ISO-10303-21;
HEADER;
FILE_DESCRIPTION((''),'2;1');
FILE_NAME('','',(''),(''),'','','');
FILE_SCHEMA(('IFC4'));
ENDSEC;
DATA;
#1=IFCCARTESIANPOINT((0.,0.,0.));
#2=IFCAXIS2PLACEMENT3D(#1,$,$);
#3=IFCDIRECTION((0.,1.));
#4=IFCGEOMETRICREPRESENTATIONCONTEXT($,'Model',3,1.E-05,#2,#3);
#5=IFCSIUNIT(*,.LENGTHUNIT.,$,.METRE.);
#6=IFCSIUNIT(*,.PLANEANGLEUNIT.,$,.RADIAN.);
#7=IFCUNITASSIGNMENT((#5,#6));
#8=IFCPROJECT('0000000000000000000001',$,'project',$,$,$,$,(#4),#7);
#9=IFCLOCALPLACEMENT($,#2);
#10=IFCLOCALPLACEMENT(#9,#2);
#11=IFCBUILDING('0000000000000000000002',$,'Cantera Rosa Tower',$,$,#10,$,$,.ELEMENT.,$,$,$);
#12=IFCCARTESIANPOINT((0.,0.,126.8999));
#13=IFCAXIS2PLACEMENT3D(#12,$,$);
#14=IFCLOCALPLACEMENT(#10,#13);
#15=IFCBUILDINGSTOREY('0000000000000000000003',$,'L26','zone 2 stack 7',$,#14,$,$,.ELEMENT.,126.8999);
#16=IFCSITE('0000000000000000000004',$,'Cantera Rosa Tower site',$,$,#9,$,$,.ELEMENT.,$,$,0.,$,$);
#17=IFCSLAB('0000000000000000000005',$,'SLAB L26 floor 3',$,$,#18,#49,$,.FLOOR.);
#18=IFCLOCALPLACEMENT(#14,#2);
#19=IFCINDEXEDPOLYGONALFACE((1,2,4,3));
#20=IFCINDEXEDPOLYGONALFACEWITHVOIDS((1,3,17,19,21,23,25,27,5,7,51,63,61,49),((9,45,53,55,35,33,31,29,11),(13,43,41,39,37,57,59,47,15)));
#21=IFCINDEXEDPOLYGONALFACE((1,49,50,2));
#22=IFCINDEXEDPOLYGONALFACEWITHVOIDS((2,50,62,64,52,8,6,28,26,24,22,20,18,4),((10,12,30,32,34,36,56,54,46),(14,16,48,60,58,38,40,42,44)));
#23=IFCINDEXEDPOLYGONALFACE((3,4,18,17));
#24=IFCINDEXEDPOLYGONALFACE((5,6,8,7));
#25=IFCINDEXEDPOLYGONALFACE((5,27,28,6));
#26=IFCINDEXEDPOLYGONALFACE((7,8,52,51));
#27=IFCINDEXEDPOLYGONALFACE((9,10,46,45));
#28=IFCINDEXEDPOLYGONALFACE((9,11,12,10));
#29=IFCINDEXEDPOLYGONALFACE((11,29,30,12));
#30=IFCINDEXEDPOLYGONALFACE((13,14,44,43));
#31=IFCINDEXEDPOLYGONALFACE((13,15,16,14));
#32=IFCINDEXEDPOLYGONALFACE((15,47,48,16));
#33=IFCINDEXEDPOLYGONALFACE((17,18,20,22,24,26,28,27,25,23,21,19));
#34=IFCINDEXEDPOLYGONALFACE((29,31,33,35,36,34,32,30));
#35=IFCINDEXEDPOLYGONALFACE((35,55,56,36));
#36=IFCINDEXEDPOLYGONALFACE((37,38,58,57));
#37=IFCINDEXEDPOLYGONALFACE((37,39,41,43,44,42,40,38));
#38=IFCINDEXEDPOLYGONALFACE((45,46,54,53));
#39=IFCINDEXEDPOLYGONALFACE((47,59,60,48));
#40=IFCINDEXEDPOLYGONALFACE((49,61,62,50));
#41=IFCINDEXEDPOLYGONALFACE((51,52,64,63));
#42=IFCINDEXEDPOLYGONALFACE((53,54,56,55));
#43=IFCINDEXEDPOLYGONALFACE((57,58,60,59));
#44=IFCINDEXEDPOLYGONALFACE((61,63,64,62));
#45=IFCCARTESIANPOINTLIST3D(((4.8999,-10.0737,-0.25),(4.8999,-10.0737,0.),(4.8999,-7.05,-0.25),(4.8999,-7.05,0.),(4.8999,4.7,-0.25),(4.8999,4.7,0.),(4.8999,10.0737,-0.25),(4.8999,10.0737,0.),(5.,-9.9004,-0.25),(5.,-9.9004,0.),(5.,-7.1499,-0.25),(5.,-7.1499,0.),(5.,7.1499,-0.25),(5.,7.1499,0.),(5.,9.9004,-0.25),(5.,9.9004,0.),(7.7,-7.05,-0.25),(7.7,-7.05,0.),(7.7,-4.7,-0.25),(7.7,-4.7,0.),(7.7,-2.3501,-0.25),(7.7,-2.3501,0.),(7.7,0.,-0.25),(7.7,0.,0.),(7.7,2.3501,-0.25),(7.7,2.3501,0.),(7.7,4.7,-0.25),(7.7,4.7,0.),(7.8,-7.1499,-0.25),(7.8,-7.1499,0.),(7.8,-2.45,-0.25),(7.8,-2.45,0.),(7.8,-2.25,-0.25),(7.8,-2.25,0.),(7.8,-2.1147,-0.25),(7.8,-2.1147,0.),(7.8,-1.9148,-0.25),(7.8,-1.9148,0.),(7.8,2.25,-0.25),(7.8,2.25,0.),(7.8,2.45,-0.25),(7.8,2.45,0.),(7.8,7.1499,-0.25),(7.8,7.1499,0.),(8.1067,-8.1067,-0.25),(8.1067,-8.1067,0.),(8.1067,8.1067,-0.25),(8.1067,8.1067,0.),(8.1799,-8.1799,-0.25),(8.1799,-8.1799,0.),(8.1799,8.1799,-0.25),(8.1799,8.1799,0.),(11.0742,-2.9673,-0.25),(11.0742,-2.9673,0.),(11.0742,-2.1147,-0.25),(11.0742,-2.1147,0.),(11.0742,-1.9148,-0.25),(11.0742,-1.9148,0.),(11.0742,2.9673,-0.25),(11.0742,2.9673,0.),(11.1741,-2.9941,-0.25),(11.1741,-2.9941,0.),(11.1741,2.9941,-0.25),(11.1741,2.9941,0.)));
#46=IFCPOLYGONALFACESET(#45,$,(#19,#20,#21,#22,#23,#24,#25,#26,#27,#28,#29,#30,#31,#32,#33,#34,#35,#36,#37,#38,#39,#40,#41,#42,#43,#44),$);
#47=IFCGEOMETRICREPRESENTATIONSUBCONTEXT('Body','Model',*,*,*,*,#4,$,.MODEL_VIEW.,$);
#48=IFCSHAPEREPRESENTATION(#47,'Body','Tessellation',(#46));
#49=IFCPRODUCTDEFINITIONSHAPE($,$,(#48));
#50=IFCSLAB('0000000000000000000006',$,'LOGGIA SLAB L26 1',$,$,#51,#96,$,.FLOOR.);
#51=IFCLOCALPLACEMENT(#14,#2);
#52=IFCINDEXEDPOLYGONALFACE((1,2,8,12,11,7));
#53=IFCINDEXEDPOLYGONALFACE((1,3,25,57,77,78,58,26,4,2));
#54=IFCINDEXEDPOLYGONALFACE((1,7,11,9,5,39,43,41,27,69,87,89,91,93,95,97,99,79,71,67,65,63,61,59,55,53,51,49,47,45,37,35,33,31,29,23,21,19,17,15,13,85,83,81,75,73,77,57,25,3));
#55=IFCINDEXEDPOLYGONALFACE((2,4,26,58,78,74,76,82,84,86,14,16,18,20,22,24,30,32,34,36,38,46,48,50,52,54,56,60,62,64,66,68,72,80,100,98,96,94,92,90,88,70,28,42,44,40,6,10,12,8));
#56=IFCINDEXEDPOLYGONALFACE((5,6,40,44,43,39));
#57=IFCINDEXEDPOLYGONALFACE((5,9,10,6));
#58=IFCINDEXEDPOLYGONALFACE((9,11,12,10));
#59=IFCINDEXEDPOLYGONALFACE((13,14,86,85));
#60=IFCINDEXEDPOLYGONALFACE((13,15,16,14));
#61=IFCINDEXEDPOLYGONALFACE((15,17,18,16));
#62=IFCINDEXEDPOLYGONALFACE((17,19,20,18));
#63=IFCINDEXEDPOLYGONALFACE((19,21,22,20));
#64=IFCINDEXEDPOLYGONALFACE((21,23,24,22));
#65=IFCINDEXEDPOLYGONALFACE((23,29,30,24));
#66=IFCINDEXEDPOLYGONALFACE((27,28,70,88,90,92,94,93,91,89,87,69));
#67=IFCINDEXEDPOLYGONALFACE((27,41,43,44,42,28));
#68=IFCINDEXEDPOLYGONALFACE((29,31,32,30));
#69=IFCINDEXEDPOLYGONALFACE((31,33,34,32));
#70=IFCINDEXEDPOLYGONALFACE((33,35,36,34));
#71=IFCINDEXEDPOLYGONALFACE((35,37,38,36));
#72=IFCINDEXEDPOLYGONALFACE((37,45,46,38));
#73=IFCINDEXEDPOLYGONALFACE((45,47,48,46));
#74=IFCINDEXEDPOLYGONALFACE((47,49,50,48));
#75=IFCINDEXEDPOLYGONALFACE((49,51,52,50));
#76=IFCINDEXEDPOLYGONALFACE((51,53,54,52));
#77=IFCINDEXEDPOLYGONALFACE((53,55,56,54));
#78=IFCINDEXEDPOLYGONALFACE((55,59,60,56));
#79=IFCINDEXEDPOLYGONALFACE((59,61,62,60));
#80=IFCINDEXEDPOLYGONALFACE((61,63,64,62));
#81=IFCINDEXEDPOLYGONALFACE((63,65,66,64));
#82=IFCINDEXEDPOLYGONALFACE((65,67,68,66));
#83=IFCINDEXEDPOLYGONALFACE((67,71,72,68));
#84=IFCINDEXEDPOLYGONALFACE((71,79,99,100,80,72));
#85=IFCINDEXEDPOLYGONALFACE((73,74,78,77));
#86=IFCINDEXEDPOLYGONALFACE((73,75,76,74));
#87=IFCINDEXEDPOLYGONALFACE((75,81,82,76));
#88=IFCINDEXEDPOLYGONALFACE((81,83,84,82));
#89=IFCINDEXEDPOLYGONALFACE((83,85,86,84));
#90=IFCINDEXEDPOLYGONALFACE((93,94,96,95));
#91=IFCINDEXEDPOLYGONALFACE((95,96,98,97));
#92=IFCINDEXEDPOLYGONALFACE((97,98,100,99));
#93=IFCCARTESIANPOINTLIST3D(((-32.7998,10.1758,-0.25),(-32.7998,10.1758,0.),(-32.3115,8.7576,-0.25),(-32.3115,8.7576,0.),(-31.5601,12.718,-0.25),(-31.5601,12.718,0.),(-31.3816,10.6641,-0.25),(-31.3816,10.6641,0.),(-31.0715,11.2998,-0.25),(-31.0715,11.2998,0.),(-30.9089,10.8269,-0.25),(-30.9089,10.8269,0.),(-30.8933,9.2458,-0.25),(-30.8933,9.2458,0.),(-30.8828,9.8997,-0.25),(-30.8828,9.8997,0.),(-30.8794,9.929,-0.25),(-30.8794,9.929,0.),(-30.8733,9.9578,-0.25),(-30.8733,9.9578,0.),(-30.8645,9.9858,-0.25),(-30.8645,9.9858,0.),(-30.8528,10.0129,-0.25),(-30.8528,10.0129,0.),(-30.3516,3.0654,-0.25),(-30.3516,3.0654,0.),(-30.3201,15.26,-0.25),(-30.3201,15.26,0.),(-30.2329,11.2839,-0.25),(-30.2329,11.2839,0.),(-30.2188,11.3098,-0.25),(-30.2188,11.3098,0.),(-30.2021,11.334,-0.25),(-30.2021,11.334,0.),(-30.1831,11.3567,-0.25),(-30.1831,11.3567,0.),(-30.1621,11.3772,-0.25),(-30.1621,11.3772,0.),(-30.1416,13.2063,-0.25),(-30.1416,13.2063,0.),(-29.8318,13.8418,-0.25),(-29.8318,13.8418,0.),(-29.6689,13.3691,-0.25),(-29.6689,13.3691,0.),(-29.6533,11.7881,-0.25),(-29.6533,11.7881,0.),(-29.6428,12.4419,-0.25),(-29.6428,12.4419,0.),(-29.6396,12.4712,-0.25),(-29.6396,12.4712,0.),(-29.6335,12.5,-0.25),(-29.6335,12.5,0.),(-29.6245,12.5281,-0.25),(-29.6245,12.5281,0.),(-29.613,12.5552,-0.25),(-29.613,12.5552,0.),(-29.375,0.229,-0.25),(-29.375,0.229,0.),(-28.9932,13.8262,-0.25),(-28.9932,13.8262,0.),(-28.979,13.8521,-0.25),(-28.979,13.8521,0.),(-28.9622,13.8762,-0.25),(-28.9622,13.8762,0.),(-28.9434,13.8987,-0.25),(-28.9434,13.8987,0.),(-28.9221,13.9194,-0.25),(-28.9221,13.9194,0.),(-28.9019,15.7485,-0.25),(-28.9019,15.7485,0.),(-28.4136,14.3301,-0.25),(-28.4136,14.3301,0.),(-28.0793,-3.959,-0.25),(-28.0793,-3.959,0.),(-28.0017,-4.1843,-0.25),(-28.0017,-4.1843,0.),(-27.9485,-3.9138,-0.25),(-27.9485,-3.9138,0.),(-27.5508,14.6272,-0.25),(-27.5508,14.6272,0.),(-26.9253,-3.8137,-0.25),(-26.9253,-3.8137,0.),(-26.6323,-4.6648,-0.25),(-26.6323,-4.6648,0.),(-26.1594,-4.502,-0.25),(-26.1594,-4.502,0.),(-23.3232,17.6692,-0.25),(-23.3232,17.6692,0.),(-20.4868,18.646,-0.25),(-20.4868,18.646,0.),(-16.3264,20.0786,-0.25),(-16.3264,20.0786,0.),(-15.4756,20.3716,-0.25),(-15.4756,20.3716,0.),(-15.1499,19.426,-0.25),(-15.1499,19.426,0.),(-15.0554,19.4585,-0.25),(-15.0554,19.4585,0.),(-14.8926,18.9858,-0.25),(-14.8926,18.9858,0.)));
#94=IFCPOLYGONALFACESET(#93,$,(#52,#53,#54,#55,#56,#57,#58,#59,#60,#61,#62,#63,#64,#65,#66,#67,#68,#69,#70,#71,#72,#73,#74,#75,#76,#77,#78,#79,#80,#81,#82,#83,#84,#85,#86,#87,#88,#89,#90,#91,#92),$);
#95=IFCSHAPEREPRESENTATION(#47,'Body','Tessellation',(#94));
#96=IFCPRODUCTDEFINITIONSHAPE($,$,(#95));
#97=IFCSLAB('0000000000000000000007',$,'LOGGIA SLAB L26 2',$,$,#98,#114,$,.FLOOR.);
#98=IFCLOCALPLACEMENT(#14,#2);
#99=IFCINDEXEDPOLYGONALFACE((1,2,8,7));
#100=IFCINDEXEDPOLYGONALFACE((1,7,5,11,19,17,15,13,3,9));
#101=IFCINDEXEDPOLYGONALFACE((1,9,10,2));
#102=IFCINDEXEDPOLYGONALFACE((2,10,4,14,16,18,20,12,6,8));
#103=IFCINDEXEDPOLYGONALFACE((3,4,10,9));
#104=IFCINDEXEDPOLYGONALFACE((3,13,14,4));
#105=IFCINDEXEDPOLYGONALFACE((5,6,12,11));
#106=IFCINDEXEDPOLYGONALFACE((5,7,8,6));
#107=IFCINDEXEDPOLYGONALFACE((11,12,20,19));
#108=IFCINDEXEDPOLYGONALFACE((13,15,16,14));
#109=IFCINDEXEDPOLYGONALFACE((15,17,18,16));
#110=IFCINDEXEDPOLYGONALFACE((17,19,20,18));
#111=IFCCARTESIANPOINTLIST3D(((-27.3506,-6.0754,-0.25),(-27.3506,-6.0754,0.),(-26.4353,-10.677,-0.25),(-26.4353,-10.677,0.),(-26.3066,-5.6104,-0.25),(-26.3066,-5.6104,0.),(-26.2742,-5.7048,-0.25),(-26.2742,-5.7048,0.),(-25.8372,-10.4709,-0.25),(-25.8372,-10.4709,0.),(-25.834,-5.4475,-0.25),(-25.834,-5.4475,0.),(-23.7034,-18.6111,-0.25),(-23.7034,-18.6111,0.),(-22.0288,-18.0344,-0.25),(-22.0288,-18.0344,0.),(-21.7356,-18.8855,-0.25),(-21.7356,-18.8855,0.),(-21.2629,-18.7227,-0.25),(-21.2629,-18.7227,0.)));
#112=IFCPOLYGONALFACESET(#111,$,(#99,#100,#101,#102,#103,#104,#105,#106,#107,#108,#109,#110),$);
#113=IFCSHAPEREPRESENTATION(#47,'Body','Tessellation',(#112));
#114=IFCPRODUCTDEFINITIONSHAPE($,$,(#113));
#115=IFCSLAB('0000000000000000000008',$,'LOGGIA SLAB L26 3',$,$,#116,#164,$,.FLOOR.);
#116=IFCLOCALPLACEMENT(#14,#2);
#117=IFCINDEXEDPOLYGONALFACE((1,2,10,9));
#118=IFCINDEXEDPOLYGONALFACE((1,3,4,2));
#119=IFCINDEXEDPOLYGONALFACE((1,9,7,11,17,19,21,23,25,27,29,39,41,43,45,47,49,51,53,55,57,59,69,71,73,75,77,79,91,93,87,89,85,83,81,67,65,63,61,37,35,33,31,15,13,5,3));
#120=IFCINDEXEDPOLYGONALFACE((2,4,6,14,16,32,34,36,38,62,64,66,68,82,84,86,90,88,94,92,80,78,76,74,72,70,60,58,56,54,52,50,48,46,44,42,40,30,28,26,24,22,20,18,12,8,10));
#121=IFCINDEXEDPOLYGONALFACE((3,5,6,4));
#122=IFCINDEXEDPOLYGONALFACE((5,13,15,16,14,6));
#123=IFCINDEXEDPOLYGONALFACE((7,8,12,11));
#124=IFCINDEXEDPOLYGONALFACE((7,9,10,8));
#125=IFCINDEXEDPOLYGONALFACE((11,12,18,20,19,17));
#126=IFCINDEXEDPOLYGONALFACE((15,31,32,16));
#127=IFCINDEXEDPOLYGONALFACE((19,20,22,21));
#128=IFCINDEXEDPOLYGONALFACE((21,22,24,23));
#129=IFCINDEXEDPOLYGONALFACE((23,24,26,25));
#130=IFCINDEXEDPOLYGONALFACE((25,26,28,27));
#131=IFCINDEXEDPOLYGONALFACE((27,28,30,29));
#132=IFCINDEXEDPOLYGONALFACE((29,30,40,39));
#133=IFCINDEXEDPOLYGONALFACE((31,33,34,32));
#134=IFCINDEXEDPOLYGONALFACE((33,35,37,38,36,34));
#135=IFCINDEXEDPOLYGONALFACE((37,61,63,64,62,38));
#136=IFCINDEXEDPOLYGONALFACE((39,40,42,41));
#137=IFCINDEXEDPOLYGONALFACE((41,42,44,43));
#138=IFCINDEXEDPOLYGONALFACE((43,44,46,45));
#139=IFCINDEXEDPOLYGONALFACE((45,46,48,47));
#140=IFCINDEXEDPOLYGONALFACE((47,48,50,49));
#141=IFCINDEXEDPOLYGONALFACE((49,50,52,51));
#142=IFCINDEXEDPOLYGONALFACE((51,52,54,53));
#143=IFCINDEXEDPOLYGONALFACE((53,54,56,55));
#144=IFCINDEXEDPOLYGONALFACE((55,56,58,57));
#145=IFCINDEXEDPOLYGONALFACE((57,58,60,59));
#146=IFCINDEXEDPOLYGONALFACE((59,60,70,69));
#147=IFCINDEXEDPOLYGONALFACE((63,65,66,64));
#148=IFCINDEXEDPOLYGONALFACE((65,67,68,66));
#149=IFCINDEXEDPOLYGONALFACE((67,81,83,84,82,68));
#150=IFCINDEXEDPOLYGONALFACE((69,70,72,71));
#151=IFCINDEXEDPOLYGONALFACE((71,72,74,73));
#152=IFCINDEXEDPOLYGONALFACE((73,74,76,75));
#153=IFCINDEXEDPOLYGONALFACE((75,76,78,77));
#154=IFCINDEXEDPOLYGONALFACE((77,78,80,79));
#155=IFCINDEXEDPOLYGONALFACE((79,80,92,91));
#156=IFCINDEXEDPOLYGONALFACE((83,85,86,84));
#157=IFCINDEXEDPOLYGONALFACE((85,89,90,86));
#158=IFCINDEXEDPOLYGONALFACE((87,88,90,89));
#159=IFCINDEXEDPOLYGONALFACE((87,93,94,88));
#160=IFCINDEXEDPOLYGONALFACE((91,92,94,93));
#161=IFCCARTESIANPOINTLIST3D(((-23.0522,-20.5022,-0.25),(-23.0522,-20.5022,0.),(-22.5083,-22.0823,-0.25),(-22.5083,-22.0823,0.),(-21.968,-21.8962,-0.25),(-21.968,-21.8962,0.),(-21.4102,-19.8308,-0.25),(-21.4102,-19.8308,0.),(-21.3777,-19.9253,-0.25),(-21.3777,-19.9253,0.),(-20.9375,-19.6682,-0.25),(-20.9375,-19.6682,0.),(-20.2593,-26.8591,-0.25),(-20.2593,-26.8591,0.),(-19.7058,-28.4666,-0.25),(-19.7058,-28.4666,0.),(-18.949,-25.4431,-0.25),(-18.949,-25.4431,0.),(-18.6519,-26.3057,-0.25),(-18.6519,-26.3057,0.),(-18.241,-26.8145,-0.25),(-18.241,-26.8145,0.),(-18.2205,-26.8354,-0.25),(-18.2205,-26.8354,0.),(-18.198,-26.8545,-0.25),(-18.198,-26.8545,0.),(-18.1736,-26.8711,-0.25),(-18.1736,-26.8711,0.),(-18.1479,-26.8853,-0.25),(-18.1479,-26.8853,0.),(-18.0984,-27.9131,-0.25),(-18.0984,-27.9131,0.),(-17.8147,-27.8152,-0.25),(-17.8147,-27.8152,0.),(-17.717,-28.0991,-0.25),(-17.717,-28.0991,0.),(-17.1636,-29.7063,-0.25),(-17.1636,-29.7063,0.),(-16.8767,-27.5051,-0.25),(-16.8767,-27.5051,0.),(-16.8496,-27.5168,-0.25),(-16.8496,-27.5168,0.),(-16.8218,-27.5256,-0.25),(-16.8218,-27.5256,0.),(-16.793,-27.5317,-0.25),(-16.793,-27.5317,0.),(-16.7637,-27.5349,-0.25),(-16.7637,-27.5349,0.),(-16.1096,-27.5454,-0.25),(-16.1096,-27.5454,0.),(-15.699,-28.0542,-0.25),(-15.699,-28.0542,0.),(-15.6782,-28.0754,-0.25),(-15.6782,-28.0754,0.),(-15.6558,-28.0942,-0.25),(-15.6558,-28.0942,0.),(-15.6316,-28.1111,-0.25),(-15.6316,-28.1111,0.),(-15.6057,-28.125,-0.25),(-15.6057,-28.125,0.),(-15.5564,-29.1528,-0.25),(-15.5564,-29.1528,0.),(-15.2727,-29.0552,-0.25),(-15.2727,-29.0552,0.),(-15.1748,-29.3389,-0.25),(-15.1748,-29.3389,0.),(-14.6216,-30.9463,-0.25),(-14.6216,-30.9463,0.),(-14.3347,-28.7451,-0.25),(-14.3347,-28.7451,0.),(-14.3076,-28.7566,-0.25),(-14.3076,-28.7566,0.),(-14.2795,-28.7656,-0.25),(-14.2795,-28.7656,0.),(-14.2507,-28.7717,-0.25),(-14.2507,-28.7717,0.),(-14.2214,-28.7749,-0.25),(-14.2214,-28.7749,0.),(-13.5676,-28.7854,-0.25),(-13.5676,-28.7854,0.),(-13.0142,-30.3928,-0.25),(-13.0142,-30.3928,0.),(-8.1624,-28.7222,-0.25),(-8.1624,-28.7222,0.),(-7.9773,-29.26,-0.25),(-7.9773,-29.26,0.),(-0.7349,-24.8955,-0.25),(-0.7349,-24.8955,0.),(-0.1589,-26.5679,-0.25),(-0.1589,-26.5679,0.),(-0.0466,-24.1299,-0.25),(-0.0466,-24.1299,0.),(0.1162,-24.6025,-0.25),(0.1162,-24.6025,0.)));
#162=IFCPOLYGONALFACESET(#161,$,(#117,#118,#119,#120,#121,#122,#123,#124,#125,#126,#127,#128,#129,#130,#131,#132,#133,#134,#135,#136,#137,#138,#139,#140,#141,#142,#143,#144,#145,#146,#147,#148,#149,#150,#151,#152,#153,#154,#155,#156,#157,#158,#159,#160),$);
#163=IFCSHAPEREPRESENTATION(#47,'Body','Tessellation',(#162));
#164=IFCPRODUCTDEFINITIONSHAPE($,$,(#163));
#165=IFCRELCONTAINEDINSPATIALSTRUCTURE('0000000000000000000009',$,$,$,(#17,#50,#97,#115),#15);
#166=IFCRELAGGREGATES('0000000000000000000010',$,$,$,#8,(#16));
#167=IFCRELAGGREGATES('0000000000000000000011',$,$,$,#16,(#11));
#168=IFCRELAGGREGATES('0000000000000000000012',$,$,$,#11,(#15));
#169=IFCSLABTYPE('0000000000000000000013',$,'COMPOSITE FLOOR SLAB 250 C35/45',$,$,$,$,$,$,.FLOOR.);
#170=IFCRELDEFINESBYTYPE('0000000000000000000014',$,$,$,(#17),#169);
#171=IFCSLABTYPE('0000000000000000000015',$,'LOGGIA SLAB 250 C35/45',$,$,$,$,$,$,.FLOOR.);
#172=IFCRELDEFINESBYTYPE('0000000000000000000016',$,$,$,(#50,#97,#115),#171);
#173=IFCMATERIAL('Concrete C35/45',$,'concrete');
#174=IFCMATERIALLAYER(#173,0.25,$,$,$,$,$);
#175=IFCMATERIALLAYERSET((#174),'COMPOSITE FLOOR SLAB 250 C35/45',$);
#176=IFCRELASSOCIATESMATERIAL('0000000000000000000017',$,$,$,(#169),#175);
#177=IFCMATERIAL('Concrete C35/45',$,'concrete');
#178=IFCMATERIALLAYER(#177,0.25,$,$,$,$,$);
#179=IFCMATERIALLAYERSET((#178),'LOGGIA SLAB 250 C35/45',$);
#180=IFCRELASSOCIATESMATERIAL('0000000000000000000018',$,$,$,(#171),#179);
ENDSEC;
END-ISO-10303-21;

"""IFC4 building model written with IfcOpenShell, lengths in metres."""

from ifc_helpers import new_model, si_unit, direction, frame, origin, place, context, subcontext, project, spatial, polyline, outline, extrude, material, layer, layer_set, type_object, element, save


model = new_model("IFC4")

# Units and contexts
model_context = context("Model", 3, precision=1e-05, world=origin(), true_north=direction((0.0, 1.0)))
body_context = subcontext(model_context, "Body", "Model", "MODEL_VIEW")
ifc_project = project(units=[si_unit("LENGTHUNIT", "METRE"), si_unit("PLANEANGLEUNIT", "RADIAN")], contexts=[model_context])

# Site, building, storey
site_placement = place(None, origin())
site = spatial("IfcSite", under=ifc_project, at=site_placement, Name="Cantera Rosa Tower site", CompositionType="ELEMENT", RefElevation=0.0)
building_placement = place(site_placement, origin())
building = spatial("IfcBuilding", under=site, at=building_placement, Name="Cantera Rosa Tower", CompositionType="ELEMENT")
storey_placement = place(building_placement, frame((0.0, 0.0, 126.8999)))
storey = spatial("IfcBuildingStorey", under=building, at=storey_placement, Name="L26", Description="zone 2 stack 7", CompositionType="ELEMENT", Elevation=126.8999)

# Slabs
ifc_material_1 = material(Name="Concrete C35/45", Category="concrete")
ifc_layer_1 = layer(ifc_material_1, 0.25)
ifc_layer_set_1 = layer_set([ifc_layer_1], Name="COMPOSITE FLOOR SLAB 250 C35/45")
slab_type_1 = type_object("IfcSlabType", Name="COMPOSITE FLOOR SLAB 250 C35/45", PredefinedType="FLOOR", material=ifc_layer_set_1)
slab_1_placement = place(storey_placement, frame((0.0, 0.0, -0.25)))
element("IfcSlab", 1, at=slab_1_placement, inside=storey, type_object=slab_type_1, Name="SLAB L26 floor 3", PredefinedType="FLOOR", context=body_context, shape_type="SweptSolid", body=[
    extrude(outline(polyline([(7.7, 0.0), (7.7, 2.3501), (7.7, 4.7), (4.8999, 4.7), (4.8999, 10.0737), (8.1799, 8.1799), (11.1741, 2.9941), (11.1741, -2.9941), (8.1799, -8.1799), (4.8999, -10.0737), (4.8999, -7.05), (7.7, -7.05), (7.7, -4.7), (7.7, -2.3501), (7.7, 0.0)]), holes=[polyline([(7.8, -2.25), (7.8, -2.45), (7.8, -7.1499), (5.0, -7.1499), (5.0, -9.9004), (8.1067, -8.1067), (11.0742, -2.9673), (11.0742, -2.1147), (7.8, -2.1147), (7.8, -2.25)]), polyline([(5.0, 7.1499), (7.8, 7.1499), (7.8, 2.45), (7.8, 2.25), (7.8, -1.9148), (11.0742, -1.9148), (11.0742, 2.9673), (8.1067, 8.1067), (5.0, 9.9004), (5.0, 7.1499)])]), origin(), (0.0, 0.0, 1.0), 0.25),
])
ifc_material_2 = material(Name="Concrete C35/45", Category="concrete")
ifc_layer_2 = layer(ifc_material_2, 0.25)
ifc_layer_set_2 = layer_set([ifc_layer_2], Name="LOGGIA SLAB 250 C35/45")
slab_type_2 = type_object("IfcSlabType", Name="LOGGIA SLAB 250 C35/45", PredefinedType="FLOOR", material=ifc_layer_set_2)
slab_2_placement = place(storey_placement, frame((0.0, 0.0, -0.25)))
element("IfcSlab", 2, at=slab_2_placement, inside=storey, type_object=slab_type_2, Name="LOGGIA SLAB L26 1", PredefinedType="FLOOR", context=body_context, shape_type="SweptSolid", body=[
    extrude(outline(polyline([(-29.375, 0.229), (-30.3516, 3.0654), (-32.3115, 8.7576), (-32.7998, 10.1758), (-31.3816, 10.6641), (-30.9089, 10.8269), (-31.0715, 11.2998), (-31.5601, 12.718), (-30.1416, 13.2063), (-29.6689, 13.3691), (-29.8318, 13.8418), (-30.3201, 15.26), (-28.9019, 15.7485), (-23.3232, 17.6692), (-20.4868, 18.646), (-16.3264, 20.0786), (-15.4756, 20.3716), (-15.1499, 19.426), (-15.0554, 19.4585), (-14.8926, 18.9858), (-27.5508, 14.6272), (-28.4136, 14.3301), (-28.9221, 13.9194), (-28.9434, 13.8987), (-28.9622, 13.8762), (-28.979, 13.8521), (-28.9932, 13.8262), (-29.613, 12.5552), (-29.6245, 12.5281), (-29.6335, 12.5), (-29.6396, 12.4712), (-29.6428, 12.4419), (-29.6533, 11.7881), (-30.1621, 11.3772), (-30.1831, 11.3567), (-30.2021, 11.334), (-30.2188, 11.3098), (-30.2329, 11.2839), (-30.8528, 10.0129), (-30.8645, 9.9858), (-30.8733, 9.9578), (-30.8794, 9.929), (-30.8828, 9.8997), (-30.8933, 9.2458), (-26.1594, -4.502), (-26.6323, -4.6648), (-26.9253, -3.8137), (-28.0017, -4.1843), (-28.0793, -3.959), (-27.9485, -3.9138), (-29.375, 0.229)])), origin(), (0.0, 0.0, 1.0), 0.25),
])
slab_3_placement = place(storey_placement, frame((0.0, 0.0, -0.25)))
element("IfcSlab", 3, at=slab_3_placement, inside=storey, type_object=slab_type_2, Name="LOGGIA SLAB L26 2", PredefinedType="FLOOR", context=body_context, shape_type="SweptSolid", body=[
    extrude(outline(polyline([(-27.3506, -6.0754), (-26.2742, -5.7048), (-26.3066, -5.6104), (-25.834, -5.4475), (-21.2629, -18.7227), (-21.7356, -18.8855), (-22.0288, -18.0344), (-23.7034, -18.6111), (-26.4353, -10.677), (-25.8372, -10.4709), (-27.3506, -6.0754)])), origin(), (0.0, 0.0, 1.0), 0.25),
])
slab_4_placement = place(storey_placement, frame((0.0, 0.0, -0.25)))
element("IfcSlab", 4, at=slab_4_placement, inside=storey, type_object=slab_type_2, Name="LOGGIA SLAB L26 3", PredefinedType="FLOOR", context=body_context, shape_type="SweptSolid", body=[
    extrude(outline(polyline([(-13.0142, -30.3928), (-14.6216, -30.9463), (-15.1748, -29.3389), (-15.2727, -29.0552), (-15.5564, -29.1528), (-17.1636, -29.7063), (-17.717, -28.0991), (-17.8147, -27.8152), (-18.0984, -27.9131), (-19.7058, -28.4666), (-20.2593, -26.8591), (-21.968, -21.8962), (-22.5083, -22.0823), (-23.0522, -20.5022), (-21.3777, -19.9253), (-21.4102, -19.8308), (-20.9375, -19.6682), (-18.949, -25.4431), (-18.6519, -26.3057), (-18.241, -26.8145), (-18.2205, -26.8354), (-18.198, -26.8545), (-18.1736, -26.8711), (-18.1479, -26.8853), (-16.8767, -27.5051), (-16.8496, -27.5168), (-16.8218, -27.5256), (-16.793, -27.5317), (-16.7637, -27.5349), (-16.1096, -27.5454), (-15.699, -28.0542), (-15.6782, -28.0754), (-15.6558, -28.0942), (-15.6316, -28.1111), (-15.6057, -28.125), (-14.3347, -28.7451), (-14.3076, -28.7566), (-14.2795, -28.7656), (-14.2507, -28.7717), (-14.2214, -28.7749), (-13.5676, -28.7854), (-0.0466, -24.1299), (0.1162, -24.6025), (-0.7349, -24.8955), (-0.1589, -26.5679), (-7.9773, -29.26), (-8.1624, -28.7222), (-13.0142, -30.3928)])), origin(), (0.0, 0.0, 1.0), 0.25),
])

save(model, "model.ifc")
